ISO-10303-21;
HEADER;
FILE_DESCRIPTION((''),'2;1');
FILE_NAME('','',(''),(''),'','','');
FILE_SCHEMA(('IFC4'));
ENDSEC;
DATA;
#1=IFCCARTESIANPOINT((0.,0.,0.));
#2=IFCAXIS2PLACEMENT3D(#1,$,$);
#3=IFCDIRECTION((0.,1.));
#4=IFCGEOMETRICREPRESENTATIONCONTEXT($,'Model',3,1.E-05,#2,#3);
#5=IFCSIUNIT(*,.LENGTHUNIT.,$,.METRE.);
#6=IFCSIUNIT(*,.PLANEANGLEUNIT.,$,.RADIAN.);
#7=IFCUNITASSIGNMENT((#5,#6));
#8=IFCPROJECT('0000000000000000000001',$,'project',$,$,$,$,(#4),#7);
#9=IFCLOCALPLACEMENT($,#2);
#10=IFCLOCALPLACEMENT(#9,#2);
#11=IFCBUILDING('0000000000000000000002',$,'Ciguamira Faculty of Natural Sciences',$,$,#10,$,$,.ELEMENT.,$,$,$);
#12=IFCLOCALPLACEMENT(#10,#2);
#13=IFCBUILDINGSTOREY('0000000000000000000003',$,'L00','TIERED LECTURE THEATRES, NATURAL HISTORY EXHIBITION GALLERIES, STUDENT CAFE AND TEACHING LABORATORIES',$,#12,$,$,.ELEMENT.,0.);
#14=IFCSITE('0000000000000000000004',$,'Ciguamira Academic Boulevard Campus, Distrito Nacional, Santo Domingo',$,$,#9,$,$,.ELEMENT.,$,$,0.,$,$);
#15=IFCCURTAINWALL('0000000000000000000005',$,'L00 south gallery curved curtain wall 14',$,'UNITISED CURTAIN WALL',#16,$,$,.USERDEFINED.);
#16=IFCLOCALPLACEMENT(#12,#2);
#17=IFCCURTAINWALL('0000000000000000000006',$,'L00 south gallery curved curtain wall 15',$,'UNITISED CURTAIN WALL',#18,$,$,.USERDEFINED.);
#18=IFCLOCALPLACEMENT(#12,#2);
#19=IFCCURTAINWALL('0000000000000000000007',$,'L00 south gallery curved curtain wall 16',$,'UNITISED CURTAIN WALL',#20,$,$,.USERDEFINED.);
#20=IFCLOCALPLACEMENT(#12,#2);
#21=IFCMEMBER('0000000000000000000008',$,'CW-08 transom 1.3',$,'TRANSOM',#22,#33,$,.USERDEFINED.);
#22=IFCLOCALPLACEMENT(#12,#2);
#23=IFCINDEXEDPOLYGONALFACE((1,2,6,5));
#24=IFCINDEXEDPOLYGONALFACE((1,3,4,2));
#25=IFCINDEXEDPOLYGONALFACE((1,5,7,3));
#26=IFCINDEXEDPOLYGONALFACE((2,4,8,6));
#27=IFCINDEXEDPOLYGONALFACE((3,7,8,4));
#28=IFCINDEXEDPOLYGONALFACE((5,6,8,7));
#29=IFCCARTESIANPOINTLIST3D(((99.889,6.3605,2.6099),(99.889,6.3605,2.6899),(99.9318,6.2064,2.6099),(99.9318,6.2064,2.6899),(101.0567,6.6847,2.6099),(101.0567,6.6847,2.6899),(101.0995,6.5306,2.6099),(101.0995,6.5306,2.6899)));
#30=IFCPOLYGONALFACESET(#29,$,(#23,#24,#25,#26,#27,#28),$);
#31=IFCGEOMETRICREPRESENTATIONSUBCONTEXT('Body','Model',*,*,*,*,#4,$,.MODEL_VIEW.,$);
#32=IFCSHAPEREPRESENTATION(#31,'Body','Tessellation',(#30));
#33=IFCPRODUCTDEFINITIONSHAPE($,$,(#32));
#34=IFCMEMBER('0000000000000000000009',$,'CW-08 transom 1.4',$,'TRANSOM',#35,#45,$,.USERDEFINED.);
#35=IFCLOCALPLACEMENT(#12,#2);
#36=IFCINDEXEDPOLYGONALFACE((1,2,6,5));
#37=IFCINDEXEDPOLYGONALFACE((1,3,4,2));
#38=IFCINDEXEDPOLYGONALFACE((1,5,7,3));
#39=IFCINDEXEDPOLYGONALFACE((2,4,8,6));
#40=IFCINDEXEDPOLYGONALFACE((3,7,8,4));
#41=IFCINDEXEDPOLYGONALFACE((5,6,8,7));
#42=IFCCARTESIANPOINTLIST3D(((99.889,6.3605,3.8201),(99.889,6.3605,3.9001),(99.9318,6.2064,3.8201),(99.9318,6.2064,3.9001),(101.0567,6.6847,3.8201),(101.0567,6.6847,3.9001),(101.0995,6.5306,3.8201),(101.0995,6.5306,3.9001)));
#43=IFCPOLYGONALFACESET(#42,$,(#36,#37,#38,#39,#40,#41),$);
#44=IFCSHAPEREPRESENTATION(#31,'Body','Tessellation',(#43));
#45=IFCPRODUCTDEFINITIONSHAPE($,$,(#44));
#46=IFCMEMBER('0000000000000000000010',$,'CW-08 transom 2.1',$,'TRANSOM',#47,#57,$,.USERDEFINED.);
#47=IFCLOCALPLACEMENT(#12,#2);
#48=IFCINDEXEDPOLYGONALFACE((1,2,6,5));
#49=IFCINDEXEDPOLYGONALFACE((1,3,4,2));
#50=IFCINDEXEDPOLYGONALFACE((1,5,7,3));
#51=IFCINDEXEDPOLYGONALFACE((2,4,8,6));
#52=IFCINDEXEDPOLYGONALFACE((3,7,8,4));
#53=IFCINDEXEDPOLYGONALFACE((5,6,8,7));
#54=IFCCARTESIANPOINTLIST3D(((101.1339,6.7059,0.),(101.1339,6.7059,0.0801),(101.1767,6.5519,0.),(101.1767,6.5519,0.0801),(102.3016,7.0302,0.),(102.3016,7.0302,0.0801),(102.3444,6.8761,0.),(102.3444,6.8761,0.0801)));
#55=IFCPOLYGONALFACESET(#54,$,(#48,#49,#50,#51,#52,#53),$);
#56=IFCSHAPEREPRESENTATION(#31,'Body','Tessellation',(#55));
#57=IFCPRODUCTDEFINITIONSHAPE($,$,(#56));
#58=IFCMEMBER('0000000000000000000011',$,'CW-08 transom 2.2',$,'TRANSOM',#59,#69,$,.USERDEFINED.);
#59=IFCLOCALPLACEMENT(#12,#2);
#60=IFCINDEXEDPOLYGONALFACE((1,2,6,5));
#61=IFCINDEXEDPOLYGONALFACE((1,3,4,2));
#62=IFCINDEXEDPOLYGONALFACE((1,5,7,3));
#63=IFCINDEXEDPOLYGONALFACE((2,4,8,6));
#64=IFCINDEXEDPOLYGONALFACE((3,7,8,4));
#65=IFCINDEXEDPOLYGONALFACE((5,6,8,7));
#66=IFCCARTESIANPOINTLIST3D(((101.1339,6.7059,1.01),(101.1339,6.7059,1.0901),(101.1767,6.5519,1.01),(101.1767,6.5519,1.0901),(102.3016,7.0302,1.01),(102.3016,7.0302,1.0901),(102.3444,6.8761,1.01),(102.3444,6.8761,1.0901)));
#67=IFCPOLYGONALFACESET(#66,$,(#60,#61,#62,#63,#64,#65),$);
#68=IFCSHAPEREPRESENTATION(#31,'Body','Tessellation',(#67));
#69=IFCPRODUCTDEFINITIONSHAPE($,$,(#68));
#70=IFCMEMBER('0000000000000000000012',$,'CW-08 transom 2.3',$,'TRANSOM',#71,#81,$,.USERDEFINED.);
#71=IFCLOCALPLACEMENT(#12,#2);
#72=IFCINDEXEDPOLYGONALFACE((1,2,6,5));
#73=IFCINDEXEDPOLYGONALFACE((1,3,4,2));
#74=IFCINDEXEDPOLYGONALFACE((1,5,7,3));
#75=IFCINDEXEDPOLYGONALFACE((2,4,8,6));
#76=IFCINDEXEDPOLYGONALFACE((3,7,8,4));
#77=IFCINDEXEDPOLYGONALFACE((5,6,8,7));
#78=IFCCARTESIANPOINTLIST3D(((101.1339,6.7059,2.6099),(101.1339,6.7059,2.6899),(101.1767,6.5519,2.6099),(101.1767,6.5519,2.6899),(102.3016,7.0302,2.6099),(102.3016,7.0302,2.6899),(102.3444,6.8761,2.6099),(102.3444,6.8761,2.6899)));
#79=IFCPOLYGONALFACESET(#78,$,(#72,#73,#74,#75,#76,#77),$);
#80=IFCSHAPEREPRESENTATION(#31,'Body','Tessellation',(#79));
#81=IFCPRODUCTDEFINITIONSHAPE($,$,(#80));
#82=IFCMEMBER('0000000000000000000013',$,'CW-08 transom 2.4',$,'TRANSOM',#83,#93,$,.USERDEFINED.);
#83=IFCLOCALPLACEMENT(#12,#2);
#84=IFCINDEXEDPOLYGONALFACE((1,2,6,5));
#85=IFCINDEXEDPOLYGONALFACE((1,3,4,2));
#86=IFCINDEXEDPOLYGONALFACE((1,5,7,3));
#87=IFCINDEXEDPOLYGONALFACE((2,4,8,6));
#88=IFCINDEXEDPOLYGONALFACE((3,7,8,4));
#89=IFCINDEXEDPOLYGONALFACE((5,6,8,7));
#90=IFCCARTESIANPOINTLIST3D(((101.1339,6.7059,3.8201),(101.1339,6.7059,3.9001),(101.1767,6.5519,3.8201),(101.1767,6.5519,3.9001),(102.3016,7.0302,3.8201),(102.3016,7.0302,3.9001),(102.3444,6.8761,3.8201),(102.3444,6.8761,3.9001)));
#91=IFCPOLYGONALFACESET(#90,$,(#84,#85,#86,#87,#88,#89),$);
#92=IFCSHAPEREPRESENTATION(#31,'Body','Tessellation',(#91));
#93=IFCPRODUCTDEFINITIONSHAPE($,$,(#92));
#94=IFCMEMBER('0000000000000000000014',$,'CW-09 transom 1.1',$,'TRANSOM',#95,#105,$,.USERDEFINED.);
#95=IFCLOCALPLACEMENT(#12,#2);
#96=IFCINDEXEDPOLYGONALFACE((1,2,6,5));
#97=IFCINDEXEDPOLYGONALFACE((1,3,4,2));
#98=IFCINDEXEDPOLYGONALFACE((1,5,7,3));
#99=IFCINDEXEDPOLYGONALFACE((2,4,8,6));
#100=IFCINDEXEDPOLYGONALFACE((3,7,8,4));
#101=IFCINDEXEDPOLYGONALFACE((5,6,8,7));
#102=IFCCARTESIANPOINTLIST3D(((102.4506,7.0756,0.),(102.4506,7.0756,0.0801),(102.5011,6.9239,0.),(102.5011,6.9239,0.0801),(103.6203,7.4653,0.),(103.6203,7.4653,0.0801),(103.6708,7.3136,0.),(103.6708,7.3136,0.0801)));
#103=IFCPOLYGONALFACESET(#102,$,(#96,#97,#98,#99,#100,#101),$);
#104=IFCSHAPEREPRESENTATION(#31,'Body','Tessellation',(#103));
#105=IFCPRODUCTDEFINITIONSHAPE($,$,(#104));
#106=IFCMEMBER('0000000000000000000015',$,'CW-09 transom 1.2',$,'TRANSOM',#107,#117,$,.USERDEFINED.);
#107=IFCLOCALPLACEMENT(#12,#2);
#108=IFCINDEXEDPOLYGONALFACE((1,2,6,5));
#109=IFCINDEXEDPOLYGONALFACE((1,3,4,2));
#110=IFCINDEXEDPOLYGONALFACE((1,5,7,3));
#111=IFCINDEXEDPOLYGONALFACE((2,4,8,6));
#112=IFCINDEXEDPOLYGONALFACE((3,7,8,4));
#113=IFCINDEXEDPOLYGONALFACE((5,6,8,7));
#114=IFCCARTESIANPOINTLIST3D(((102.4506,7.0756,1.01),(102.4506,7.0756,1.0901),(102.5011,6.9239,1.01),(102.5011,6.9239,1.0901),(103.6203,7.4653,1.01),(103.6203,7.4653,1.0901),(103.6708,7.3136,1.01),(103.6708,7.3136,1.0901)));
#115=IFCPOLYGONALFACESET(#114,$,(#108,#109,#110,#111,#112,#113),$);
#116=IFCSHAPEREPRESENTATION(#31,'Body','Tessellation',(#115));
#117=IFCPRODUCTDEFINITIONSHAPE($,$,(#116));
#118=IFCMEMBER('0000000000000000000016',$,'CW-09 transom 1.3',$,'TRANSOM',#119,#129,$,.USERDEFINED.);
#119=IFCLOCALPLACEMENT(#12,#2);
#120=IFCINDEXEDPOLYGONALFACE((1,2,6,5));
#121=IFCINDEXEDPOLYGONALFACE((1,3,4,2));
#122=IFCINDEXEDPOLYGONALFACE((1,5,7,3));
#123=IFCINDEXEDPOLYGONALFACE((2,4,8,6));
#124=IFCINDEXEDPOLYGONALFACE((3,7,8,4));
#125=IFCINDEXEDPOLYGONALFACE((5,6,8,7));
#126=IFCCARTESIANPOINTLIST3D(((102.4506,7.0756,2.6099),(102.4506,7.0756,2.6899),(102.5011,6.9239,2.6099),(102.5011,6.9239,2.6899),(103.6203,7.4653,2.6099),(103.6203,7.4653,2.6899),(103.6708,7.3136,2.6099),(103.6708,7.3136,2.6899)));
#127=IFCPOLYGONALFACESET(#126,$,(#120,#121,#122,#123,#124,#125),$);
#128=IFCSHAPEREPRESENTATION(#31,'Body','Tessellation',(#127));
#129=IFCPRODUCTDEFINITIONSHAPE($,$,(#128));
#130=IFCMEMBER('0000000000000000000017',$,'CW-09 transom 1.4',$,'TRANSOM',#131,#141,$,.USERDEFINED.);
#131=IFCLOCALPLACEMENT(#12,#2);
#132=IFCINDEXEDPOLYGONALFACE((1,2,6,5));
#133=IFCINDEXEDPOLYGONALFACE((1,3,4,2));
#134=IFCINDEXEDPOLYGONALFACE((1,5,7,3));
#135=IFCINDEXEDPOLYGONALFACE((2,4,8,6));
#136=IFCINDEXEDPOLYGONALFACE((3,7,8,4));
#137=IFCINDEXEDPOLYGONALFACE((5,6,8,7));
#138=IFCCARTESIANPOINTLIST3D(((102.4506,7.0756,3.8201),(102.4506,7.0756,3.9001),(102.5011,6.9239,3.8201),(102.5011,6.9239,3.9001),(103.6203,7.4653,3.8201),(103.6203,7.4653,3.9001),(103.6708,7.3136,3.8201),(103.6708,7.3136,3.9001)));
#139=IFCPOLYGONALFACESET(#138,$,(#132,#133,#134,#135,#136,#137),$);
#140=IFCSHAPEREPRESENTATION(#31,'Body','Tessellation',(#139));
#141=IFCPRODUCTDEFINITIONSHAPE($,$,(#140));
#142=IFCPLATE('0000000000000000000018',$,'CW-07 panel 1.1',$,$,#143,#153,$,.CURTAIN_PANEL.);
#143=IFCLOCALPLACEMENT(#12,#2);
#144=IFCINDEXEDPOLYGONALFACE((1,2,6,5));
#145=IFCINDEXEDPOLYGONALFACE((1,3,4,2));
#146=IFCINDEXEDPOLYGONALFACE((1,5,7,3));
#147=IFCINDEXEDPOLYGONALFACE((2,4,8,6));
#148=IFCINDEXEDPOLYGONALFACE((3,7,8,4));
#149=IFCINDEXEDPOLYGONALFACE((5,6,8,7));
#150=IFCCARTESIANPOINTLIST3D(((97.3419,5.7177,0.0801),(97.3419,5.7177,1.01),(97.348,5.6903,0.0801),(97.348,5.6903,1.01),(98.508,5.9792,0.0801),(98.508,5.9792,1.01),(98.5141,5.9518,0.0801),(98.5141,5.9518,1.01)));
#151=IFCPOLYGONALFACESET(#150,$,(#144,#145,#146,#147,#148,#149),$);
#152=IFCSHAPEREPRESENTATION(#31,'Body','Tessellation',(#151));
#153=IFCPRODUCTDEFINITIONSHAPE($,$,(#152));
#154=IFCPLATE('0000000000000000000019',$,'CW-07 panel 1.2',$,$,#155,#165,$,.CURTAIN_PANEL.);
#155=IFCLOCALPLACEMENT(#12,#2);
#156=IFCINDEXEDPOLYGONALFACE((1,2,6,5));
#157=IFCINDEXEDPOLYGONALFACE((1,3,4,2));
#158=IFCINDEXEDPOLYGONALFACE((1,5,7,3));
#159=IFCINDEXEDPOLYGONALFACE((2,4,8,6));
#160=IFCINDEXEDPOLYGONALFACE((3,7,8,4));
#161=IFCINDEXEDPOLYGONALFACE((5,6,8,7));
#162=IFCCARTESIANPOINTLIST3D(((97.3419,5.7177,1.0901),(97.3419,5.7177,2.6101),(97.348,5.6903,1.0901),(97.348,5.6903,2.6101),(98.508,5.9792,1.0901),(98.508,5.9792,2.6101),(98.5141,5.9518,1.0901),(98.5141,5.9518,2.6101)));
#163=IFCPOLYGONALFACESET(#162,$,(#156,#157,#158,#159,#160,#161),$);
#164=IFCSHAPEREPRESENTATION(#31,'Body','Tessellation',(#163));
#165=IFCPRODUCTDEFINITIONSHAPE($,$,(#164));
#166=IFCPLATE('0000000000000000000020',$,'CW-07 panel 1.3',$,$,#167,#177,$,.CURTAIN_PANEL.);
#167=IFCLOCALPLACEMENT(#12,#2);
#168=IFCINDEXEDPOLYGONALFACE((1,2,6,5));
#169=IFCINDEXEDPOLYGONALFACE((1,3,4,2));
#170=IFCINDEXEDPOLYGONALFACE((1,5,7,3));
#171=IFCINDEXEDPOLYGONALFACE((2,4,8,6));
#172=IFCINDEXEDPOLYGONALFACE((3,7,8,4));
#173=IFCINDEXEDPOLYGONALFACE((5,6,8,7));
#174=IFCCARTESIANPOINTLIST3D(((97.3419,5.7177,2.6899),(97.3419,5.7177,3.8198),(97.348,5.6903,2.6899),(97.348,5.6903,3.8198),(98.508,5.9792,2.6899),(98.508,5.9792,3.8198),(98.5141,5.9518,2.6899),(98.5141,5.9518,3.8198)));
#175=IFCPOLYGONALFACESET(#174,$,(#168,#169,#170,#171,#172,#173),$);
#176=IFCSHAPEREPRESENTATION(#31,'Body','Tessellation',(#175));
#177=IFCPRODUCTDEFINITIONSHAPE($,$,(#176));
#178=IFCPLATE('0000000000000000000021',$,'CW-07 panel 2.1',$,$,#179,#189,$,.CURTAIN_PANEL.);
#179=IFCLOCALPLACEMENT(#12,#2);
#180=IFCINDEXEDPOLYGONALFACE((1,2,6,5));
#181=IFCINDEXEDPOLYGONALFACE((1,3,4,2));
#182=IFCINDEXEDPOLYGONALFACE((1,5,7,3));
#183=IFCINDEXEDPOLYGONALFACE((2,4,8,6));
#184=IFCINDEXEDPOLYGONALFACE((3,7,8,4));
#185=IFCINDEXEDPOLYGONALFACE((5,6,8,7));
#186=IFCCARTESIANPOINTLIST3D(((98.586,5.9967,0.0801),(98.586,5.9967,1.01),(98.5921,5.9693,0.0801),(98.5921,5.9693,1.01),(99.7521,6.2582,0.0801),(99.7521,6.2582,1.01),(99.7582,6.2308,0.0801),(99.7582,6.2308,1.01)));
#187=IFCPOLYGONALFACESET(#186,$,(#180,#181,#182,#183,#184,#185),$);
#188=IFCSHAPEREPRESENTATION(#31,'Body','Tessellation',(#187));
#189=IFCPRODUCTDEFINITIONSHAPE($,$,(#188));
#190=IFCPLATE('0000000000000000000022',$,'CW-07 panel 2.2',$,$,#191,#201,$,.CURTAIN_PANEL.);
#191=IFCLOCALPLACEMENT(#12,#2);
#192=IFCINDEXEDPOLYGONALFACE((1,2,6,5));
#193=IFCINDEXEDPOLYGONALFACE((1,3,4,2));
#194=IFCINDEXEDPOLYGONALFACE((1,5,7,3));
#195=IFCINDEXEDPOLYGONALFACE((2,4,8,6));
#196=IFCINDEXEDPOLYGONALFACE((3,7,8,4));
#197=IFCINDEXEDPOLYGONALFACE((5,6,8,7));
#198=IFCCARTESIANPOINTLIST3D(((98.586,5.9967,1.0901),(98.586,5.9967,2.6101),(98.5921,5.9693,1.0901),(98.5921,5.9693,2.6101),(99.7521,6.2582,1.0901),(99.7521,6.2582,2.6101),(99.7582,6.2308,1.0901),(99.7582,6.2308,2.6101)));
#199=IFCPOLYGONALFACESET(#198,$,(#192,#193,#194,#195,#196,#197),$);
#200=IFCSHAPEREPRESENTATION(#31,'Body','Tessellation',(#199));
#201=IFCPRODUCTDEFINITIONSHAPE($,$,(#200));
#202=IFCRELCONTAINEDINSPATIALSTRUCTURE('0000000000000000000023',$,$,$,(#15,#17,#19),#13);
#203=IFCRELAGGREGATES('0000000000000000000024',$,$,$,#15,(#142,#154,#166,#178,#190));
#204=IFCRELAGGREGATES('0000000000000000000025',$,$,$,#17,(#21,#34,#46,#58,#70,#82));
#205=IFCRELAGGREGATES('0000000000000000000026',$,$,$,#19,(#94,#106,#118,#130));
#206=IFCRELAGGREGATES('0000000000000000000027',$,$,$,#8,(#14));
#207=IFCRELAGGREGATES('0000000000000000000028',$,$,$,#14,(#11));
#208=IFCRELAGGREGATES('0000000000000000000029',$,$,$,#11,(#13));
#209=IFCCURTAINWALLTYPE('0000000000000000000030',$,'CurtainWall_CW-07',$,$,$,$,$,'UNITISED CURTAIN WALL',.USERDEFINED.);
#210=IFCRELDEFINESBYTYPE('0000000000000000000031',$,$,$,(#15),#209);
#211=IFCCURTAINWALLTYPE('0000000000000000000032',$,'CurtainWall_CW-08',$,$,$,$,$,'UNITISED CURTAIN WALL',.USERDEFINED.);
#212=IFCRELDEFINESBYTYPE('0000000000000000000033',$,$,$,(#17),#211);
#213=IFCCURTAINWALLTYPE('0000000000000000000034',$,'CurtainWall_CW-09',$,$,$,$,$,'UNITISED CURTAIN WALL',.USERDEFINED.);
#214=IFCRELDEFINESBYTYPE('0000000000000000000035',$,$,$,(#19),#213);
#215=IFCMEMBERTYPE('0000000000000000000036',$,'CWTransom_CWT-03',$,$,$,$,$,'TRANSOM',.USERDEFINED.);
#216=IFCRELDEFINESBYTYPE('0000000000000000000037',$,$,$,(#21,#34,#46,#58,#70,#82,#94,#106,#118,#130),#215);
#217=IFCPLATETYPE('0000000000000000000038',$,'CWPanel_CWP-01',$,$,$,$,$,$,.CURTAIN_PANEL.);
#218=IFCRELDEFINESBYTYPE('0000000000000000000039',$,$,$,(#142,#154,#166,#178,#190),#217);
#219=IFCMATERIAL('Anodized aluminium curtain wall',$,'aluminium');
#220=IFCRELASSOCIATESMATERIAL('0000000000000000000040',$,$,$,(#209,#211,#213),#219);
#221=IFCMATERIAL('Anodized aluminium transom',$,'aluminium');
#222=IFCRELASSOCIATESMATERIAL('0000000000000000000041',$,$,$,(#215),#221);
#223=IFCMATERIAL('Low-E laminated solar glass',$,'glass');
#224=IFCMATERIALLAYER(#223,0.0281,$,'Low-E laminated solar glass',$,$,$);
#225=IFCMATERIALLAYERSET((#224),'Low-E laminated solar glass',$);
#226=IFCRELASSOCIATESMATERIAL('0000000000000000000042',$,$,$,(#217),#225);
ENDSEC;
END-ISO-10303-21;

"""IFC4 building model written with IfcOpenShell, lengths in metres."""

from ifc_helpers import new_model, si_unit, direction, frame, origin, origin_2d, place, context, subcontext, project, spatial, rectangle, extrude, material, layer, layer_set, material_profile, profile_set, type_object, element, aggregate, save


model = new_model("IFC4")

# Units and contexts
model_context = context("Model", 3, precision=1e-05, world=origin(), true_north=direction((0.0, 1.0)))
body_context = subcontext(model_context, "Body", "Model", "MODEL_VIEW")
ifc_project = project(units=[si_unit("LENGTHUNIT", "METRE"), si_unit("PLANEANGLEUNIT", "RADIAN")], contexts=[model_context])

# Site, building, storey
site_placement = place(None, origin())
site = spatial("IfcSite", under=ifc_project, at=site_placement, Name="Ciguamira Academic Boulevard Campus, Distrito Nacional, Santo Domingo", CompositionType="ELEMENT", RefElevation=0.0)
building_placement = place(site_placement, origin())
building = spatial("IfcBuilding", under=site, at=building_placement, Name="Ciguamira Faculty of Natural Sciences", CompositionType="ELEMENT")
storey_placement = place(building_placement, origin())
storey = spatial("IfcBuildingStorey", under=building, at=storey_placement, Name="L00", Description="TIERED LECTURE THEATRES, NATURAL HISTORY EXHIBITION GALLERIES, STUDENT CAFE AND TEACHING LABORATORIES", CompositionType="ELEMENT", Elevation=0.0)

# Curtain walls
ifc_material_1 = material(Name="Anodized aluminium curtain wall", Category="aluminium")
curtain_wall_type_1 = type_object("IfcCurtainWallType", Name="CurtainWall_CW-07", ElementType="UNITISED CURTAIN WALL", PredefinedType="USERDEFINED", material=ifc_material_1)
curtain_wall_1_placement = place(storey_placement, origin())
curtain_wall_1 = element("IfcCurtainWall", 1, at=curtain_wall_1_placement, inside=storey, type_object=curtain_wall_type_1, Name="L00 south gallery curved curtain wall 14", ObjectType="UNITISED CURTAIN WALL", PredefinedType="USERDEFINED")
curtain_wall_type_2 = type_object("IfcCurtainWallType", Name="CurtainWall_CW-08", ElementType="UNITISED CURTAIN WALL", PredefinedType="USERDEFINED", material=ifc_material_1)
curtain_wall_2_placement = place(storey_placement, origin())
curtain_wall_2 = element("IfcCurtainWall", 2, at=curtain_wall_2_placement, inside=storey, type_object=curtain_wall_type_2, Name="L00 south gallery curved curtain wall 15", ObjectType="UNITISED CURTAIN WALL", PredefinedType="USERDEFINED")

# Curtain wall
curtain_wall_type_3 = type_object("IfcCurtainWallType", Name="CurtainWall_CW-09", ElementType="UNITISED CURTAIN WALL", PredefinedType="USERDEFINED", material=ifc_material_1)
curtain_wall_3_placement = place(storey_placement, origin())
curtain_wall_3 = element("IfcCurtainWall", 3, at=curtain_wall_3_placement, inside=storey, type_object=curtain_wall_type_3, Name="L00 south gallery curved curtain wall 16", ObjectType="UNITISED CURTAIN WALL", PredefinedType="USERDEFINED")

# Members
ifc_material_2 = material(Name="Anodized aluminium transom", Category="aluminium")
ifc_material_profile_1 = material_profile(ifc_material_2, rectangle(XDim=0.0801, YDim=0.1599, at=origin_2d()), Name="ALU-TRN-80X160")
ifc_profile_set_1 = profile_set([ifc_material_profile_1], Name="Anodized aluminium transom")
member_type_1 = type_object("IfcMemberType", Name="CWTransom_CWT-03", ElementType="TRANSOM", PredefinedType="USERDEFINED", material=ifc_profile_set_1)
member_1_placement = place(storey_placement, frame((99.9104, 6.2834, 2.6499), z_axis=(0.96355, 0.26753, 0.0), x_axis=(0.0, 0.0, 1.0)))
member_1 = element("IfcMember", 4, at=member_1_placement, type_object=member_type_1, Name="CW-08 transom 1.3", ObjectType="TRANSOM", PredefinedType="USERDEFINED", context=body_context, shape_type="SweptSolid", body=[
    extrude(rectangle(XDim=0.0801, YDim=0.1599, at=origin_2d()), origin(), (0.0, 0.0, 1.0), 1.2119),
])
member_2_placement = place(storey_placement, frame((99.9104, 6.2834, 3.8601), z_axis=(0.96355, 0.26753, 0.0), x_axis=(0.0, 0.0, 1.0)))
member_2 = element("IfcMember", 5, at=member_2_placement, type_object=member_type_1, Name="CW-08 transom 1.4", ObjectType="TRANSOM", PredefinedType="USERDEFINED", context=body_context, shape_type="SweptSolid", body=[
    extrude(rectangle(XDim=0.0801, YDim=0.1599, at=origin_2d()), origin(), (0.0, 0.0, 1.0), 1.2119),
])
member_3_placement = place(storey_placement, frame((101.1553, 6.6289, 0.04), z_axis=(0.96355, 0.26753, 0.0), x_axis=(0.0, 0.0, 1.0)))
member_3 = element("IfcMember", 6, at=member_3_placement, type_object=member_type_1, Name="CW-08 transom 2.1", ObjectType="TRANSOM", PredefinedType="USERDEFINED", context=body_context, shape_type="SweptSolid", body=[
    extrude(rectangle(XDim=0.0801, YDim=0.1599, at=origin_2d()), origin(), (0.0, 0.0, 1.0), 1.2119),
])
member_4_placement = place(storey_placement, frame((101.1553, 6.6289, 1.05), z_axis=(0.96355, 0.26753, 0.0), x_axis=(0.0, 0.0, 1.0)))
member_4 = element("IfcMember", 7, at=member_4_placement, type_object=member_type_1, Name="CW-08 transom 2.2", ObjectType="TRANSOM", PredefinedType="USERDEFINED", context=body_context, shape_type="SweptSolid", body=[
    extrude(rectangle(XDim=0.0801, YDim=0.1599, at=origin_2d()), origin(), (0.0, 0.0, 1.0), 1.2119),
])
member_5_placement = place(storey_placement, frame((101.1553, 6.6289, 2.6499), z_axis=(0.96355, 0.26753, 0.0), x_axis=(0.0, 0.0, 1.0)))
member_5 = element("IfcMember", 8, at=member_5_placement, type_object=member_type_1, Name="CW-08 transom 2.3", ObjectType="TRANSOM", PredefinedType="USERDEFINED", context=body_context, shape_type="SweptSolid", body=[
    extrude(rectangle(XDim=0.0801, YDim=0.1599, at=origin_2d()), origin(), (0.0, 0.0, 1.0), 1.2119),
])
member_6_placement = place(storey_placement, frame((101.1553, 6.6289, 3.8601), z_axis=(0.96355, 0.26753, 0.0), x_axis=(0.0, 0.0, 1.0)))
member_6 = element("IfcMember", 9, at=member_6_placement, type_object=member_type_1, Name="CW-08 transom 2.4", ObjectType="TRANSOM", PredefinedType="USERDEFINED", context=body_context, shape_type="SweptSolid", body=[
    extrude(rectangle(XDim=0.0801, YDim=0.1599, at=origin_2d()), origin(), (0.0, 0.0, 1.0), 1.2119),
])
member_7_placement = place(storey_placement, frame((102.4758, 6.9998, 0.04), z_axis=(0.948743, 0.31605, 0.0), x_axis=(0.0, 0.0, 1.0)))
member_7 = element("IfcMember", 10, at=member_7_placement, type_object=member_type_1, Name="CW-09 transom 1.1", ObjectType="TRANSOM", PredefinedType="USERDEFINED", context=body_context, shape_type="SweptSolid", body=[
    extrude(rectangle(XDim=0.0801, YDim=0.1599, at=origin_2d()), origin(), (0.0, 0.0, 1.0), 1.2329),
])
member_8_placement = place(storey_placement, frame((102.4758, 6.9998, 1.05), z_axis=(0.948743, 0.31605, 0.0), x_axis=(0.0, 0.0, 1.0)))
member_8 = element("IfcMember", 11, at=member_8_placement, type_object=member_type_1, Name="CW-09 transom 1.2", ObjectType="TRANSOM", PredefinedType="USERDEFINED", context=body_context, shape_type="SweptSolid", body=[
    extrude(rectangle(XDim=0.0801, YDim=0.1599, at=origin_2d()), origin(), (0.0, 0.0, 1.0), 1.2329),
])
member_9_placement = place(storey_placement, frame((102.4758, 6.9998, 2.6499), z_axis=(0.948743, 0.31605, 0.0), x_axis=(0.0, 0.0, 1.0)))
member_9 = element("IfcMember", 12, at=member_9_placement, type_object=member_type_1, Name="CW-09 transom 1.3", ObjectType="TRANSOM", PredefinedType="USERDEFINED", context=body_context, shape_type="SweptSolid", body=[
    extrude(rectangle(XDim=0.0801, YDim=0.1599, at=origin_2d()), origin(), (0.0, 0.0, 1.0), 1.2329),
])
member_10_placement = place(storey_placement, frame((102.4758, 6.9998, 3.8601), z_axis=(0.948743, 0.31605, 0.0), x_axis=(0.0, 0.0, 1.0)))
member_10 = element("IfcMember", 13, at=member_10_placement, type_object=member_type_1, Name="CW-09 transom 1.4", ObjectType="TRANSOM", PredefinedType="USERDEFINED", context=body_context, shape_type="SweptSolid", body=[
    extrude(rectangle(XDim=0.0801, YDim=0.1599, at=origin_2d()), origin(), (0.0, 0.0, 1.0), 1.2329),
])

# Plates
ifc_material_3 = material(Name="Low-E laminated solar glass", Category="glass")
ifc_layer = layer(ifc_material_3, 0.0281, Name="Low-E laminated solar glass")
ifc_layer_set = layer_set([ifc_layer], Name="Low-E laminated solar glass")
plate_type = type_object("IfcPlateType", Name="CWPanel_CWP-01", PredefinedType="CURTAIN_PANEL", material=ifc_layer_set)
plate_1_placement = place(storey_placement, frame((97.928, 5.8347, 0.0801), z_axis=(0.0, 0.0, 1.0), x_axis=(0.975763, 0.21883, 0.0)))
plate_1 = element("IfcPlate", 14, at=plate_1_placement, type_object=plate_type, Name="CW-07 panel 1.1", PredefinedType="CURTAIN_PANEL", context=body_context, shape_type="SweptSolid", body=[
    extrude(rectangle(XDim=1.1951, YDim=0.0281, at=origin_2d()), origin(), (0.0, 0.0, 1.0), 0.9299),
])
plate_2_placement = place(storey_placement, frame((97.928, 5.8347, 1.0901), z_axis=(0.0, 0.0, 1.0), x_axis=(0.975763, 0.21883, 0.0)))
plate_2 = element("IfcPlate", 15, at=plate_2_placement, type_object=plate_type, Name="CW-07 panel 1.2", PredefinedType="CURTAIN_PANEL", context=body_context, shape_type="SweptSolid", body=[
    extrude(rectangle(XDim=1.1951, YDim=0.0281, at=origin_2d()), origin(), (0.0, 0.0, 1.0), 1.52),
])
plate_3_placement = place(storey_placement, frame((97.928, 5.8347, 2.6899), z_axis=(0.0, 0.0, 1.0), x_axis=(0.975763, 0.21883, 0.0)))
plate_3 = element("IfcPlate", 16, at=plate_3_placement, type_object=plate_type, Name="CW-07 panel 1.3", PredefinedType="CURTAIN_PANEL", context=body_context, shape_type="SweptSolid", body=[
    extrude(rectangle(XDim=1.1951, YDim=0.0281, at=origin_2d()), origin(), (0.0, 0.0, 1.0), 1.1299),
])
plate_4_placement = place(storey_placement, frame((99.1721, 6.1138, 0.0801), z_axis=(0.0, 0.0, 1.0), x_axis=(0.975763, 0.21883, 0.0)))
plate_4 = element("IfcPlate", 17, at=plate_4_placement, type_object=plate_type, Name="CW-07 panel 2.1", PredefinedType="CURTAIN_PANEL", context=body_context, shape_type="SweptSolid", body=[
    extrude(rectangle(XDim=1.1951, YDim=0.0281, at=origin_2d()), origin(), (0.0, 0.0, 1.0), 0.9299),
])
plate_5_placement = place(storey_placement, frame((99.1721, 6.1138, 1.0901), z_axis=(0.0, 0.0, 1.0), x_axis=(0.975763, 0.21883, 0.0)))
plate_5 = element("IfcPlate", 18, at=plate_5_placement, type_object=plate_type, Name="CW-07 panel 2.2", PredefinedType="CURTAIN_PANEL", context=body_context, shape_type="SweptSolid", body=[
    extrude(rectangle(XDim=1.1951, YDim=0.0281, at=origin_2d()), origin(), (0.0, 0.0, 1.0), 1.52),
])
aggregate(curtain_wall_1, [plate_1, plate_2, plate_3, plate_4, plate_5])
aggregate(curtain_wall_2, [member_1, member_2, member_3, member_4, member_5, member_6])
aggregate(curtain_wall_3, [member_7, member_8, member_9, member_10])

save(model, "model.ifc")
